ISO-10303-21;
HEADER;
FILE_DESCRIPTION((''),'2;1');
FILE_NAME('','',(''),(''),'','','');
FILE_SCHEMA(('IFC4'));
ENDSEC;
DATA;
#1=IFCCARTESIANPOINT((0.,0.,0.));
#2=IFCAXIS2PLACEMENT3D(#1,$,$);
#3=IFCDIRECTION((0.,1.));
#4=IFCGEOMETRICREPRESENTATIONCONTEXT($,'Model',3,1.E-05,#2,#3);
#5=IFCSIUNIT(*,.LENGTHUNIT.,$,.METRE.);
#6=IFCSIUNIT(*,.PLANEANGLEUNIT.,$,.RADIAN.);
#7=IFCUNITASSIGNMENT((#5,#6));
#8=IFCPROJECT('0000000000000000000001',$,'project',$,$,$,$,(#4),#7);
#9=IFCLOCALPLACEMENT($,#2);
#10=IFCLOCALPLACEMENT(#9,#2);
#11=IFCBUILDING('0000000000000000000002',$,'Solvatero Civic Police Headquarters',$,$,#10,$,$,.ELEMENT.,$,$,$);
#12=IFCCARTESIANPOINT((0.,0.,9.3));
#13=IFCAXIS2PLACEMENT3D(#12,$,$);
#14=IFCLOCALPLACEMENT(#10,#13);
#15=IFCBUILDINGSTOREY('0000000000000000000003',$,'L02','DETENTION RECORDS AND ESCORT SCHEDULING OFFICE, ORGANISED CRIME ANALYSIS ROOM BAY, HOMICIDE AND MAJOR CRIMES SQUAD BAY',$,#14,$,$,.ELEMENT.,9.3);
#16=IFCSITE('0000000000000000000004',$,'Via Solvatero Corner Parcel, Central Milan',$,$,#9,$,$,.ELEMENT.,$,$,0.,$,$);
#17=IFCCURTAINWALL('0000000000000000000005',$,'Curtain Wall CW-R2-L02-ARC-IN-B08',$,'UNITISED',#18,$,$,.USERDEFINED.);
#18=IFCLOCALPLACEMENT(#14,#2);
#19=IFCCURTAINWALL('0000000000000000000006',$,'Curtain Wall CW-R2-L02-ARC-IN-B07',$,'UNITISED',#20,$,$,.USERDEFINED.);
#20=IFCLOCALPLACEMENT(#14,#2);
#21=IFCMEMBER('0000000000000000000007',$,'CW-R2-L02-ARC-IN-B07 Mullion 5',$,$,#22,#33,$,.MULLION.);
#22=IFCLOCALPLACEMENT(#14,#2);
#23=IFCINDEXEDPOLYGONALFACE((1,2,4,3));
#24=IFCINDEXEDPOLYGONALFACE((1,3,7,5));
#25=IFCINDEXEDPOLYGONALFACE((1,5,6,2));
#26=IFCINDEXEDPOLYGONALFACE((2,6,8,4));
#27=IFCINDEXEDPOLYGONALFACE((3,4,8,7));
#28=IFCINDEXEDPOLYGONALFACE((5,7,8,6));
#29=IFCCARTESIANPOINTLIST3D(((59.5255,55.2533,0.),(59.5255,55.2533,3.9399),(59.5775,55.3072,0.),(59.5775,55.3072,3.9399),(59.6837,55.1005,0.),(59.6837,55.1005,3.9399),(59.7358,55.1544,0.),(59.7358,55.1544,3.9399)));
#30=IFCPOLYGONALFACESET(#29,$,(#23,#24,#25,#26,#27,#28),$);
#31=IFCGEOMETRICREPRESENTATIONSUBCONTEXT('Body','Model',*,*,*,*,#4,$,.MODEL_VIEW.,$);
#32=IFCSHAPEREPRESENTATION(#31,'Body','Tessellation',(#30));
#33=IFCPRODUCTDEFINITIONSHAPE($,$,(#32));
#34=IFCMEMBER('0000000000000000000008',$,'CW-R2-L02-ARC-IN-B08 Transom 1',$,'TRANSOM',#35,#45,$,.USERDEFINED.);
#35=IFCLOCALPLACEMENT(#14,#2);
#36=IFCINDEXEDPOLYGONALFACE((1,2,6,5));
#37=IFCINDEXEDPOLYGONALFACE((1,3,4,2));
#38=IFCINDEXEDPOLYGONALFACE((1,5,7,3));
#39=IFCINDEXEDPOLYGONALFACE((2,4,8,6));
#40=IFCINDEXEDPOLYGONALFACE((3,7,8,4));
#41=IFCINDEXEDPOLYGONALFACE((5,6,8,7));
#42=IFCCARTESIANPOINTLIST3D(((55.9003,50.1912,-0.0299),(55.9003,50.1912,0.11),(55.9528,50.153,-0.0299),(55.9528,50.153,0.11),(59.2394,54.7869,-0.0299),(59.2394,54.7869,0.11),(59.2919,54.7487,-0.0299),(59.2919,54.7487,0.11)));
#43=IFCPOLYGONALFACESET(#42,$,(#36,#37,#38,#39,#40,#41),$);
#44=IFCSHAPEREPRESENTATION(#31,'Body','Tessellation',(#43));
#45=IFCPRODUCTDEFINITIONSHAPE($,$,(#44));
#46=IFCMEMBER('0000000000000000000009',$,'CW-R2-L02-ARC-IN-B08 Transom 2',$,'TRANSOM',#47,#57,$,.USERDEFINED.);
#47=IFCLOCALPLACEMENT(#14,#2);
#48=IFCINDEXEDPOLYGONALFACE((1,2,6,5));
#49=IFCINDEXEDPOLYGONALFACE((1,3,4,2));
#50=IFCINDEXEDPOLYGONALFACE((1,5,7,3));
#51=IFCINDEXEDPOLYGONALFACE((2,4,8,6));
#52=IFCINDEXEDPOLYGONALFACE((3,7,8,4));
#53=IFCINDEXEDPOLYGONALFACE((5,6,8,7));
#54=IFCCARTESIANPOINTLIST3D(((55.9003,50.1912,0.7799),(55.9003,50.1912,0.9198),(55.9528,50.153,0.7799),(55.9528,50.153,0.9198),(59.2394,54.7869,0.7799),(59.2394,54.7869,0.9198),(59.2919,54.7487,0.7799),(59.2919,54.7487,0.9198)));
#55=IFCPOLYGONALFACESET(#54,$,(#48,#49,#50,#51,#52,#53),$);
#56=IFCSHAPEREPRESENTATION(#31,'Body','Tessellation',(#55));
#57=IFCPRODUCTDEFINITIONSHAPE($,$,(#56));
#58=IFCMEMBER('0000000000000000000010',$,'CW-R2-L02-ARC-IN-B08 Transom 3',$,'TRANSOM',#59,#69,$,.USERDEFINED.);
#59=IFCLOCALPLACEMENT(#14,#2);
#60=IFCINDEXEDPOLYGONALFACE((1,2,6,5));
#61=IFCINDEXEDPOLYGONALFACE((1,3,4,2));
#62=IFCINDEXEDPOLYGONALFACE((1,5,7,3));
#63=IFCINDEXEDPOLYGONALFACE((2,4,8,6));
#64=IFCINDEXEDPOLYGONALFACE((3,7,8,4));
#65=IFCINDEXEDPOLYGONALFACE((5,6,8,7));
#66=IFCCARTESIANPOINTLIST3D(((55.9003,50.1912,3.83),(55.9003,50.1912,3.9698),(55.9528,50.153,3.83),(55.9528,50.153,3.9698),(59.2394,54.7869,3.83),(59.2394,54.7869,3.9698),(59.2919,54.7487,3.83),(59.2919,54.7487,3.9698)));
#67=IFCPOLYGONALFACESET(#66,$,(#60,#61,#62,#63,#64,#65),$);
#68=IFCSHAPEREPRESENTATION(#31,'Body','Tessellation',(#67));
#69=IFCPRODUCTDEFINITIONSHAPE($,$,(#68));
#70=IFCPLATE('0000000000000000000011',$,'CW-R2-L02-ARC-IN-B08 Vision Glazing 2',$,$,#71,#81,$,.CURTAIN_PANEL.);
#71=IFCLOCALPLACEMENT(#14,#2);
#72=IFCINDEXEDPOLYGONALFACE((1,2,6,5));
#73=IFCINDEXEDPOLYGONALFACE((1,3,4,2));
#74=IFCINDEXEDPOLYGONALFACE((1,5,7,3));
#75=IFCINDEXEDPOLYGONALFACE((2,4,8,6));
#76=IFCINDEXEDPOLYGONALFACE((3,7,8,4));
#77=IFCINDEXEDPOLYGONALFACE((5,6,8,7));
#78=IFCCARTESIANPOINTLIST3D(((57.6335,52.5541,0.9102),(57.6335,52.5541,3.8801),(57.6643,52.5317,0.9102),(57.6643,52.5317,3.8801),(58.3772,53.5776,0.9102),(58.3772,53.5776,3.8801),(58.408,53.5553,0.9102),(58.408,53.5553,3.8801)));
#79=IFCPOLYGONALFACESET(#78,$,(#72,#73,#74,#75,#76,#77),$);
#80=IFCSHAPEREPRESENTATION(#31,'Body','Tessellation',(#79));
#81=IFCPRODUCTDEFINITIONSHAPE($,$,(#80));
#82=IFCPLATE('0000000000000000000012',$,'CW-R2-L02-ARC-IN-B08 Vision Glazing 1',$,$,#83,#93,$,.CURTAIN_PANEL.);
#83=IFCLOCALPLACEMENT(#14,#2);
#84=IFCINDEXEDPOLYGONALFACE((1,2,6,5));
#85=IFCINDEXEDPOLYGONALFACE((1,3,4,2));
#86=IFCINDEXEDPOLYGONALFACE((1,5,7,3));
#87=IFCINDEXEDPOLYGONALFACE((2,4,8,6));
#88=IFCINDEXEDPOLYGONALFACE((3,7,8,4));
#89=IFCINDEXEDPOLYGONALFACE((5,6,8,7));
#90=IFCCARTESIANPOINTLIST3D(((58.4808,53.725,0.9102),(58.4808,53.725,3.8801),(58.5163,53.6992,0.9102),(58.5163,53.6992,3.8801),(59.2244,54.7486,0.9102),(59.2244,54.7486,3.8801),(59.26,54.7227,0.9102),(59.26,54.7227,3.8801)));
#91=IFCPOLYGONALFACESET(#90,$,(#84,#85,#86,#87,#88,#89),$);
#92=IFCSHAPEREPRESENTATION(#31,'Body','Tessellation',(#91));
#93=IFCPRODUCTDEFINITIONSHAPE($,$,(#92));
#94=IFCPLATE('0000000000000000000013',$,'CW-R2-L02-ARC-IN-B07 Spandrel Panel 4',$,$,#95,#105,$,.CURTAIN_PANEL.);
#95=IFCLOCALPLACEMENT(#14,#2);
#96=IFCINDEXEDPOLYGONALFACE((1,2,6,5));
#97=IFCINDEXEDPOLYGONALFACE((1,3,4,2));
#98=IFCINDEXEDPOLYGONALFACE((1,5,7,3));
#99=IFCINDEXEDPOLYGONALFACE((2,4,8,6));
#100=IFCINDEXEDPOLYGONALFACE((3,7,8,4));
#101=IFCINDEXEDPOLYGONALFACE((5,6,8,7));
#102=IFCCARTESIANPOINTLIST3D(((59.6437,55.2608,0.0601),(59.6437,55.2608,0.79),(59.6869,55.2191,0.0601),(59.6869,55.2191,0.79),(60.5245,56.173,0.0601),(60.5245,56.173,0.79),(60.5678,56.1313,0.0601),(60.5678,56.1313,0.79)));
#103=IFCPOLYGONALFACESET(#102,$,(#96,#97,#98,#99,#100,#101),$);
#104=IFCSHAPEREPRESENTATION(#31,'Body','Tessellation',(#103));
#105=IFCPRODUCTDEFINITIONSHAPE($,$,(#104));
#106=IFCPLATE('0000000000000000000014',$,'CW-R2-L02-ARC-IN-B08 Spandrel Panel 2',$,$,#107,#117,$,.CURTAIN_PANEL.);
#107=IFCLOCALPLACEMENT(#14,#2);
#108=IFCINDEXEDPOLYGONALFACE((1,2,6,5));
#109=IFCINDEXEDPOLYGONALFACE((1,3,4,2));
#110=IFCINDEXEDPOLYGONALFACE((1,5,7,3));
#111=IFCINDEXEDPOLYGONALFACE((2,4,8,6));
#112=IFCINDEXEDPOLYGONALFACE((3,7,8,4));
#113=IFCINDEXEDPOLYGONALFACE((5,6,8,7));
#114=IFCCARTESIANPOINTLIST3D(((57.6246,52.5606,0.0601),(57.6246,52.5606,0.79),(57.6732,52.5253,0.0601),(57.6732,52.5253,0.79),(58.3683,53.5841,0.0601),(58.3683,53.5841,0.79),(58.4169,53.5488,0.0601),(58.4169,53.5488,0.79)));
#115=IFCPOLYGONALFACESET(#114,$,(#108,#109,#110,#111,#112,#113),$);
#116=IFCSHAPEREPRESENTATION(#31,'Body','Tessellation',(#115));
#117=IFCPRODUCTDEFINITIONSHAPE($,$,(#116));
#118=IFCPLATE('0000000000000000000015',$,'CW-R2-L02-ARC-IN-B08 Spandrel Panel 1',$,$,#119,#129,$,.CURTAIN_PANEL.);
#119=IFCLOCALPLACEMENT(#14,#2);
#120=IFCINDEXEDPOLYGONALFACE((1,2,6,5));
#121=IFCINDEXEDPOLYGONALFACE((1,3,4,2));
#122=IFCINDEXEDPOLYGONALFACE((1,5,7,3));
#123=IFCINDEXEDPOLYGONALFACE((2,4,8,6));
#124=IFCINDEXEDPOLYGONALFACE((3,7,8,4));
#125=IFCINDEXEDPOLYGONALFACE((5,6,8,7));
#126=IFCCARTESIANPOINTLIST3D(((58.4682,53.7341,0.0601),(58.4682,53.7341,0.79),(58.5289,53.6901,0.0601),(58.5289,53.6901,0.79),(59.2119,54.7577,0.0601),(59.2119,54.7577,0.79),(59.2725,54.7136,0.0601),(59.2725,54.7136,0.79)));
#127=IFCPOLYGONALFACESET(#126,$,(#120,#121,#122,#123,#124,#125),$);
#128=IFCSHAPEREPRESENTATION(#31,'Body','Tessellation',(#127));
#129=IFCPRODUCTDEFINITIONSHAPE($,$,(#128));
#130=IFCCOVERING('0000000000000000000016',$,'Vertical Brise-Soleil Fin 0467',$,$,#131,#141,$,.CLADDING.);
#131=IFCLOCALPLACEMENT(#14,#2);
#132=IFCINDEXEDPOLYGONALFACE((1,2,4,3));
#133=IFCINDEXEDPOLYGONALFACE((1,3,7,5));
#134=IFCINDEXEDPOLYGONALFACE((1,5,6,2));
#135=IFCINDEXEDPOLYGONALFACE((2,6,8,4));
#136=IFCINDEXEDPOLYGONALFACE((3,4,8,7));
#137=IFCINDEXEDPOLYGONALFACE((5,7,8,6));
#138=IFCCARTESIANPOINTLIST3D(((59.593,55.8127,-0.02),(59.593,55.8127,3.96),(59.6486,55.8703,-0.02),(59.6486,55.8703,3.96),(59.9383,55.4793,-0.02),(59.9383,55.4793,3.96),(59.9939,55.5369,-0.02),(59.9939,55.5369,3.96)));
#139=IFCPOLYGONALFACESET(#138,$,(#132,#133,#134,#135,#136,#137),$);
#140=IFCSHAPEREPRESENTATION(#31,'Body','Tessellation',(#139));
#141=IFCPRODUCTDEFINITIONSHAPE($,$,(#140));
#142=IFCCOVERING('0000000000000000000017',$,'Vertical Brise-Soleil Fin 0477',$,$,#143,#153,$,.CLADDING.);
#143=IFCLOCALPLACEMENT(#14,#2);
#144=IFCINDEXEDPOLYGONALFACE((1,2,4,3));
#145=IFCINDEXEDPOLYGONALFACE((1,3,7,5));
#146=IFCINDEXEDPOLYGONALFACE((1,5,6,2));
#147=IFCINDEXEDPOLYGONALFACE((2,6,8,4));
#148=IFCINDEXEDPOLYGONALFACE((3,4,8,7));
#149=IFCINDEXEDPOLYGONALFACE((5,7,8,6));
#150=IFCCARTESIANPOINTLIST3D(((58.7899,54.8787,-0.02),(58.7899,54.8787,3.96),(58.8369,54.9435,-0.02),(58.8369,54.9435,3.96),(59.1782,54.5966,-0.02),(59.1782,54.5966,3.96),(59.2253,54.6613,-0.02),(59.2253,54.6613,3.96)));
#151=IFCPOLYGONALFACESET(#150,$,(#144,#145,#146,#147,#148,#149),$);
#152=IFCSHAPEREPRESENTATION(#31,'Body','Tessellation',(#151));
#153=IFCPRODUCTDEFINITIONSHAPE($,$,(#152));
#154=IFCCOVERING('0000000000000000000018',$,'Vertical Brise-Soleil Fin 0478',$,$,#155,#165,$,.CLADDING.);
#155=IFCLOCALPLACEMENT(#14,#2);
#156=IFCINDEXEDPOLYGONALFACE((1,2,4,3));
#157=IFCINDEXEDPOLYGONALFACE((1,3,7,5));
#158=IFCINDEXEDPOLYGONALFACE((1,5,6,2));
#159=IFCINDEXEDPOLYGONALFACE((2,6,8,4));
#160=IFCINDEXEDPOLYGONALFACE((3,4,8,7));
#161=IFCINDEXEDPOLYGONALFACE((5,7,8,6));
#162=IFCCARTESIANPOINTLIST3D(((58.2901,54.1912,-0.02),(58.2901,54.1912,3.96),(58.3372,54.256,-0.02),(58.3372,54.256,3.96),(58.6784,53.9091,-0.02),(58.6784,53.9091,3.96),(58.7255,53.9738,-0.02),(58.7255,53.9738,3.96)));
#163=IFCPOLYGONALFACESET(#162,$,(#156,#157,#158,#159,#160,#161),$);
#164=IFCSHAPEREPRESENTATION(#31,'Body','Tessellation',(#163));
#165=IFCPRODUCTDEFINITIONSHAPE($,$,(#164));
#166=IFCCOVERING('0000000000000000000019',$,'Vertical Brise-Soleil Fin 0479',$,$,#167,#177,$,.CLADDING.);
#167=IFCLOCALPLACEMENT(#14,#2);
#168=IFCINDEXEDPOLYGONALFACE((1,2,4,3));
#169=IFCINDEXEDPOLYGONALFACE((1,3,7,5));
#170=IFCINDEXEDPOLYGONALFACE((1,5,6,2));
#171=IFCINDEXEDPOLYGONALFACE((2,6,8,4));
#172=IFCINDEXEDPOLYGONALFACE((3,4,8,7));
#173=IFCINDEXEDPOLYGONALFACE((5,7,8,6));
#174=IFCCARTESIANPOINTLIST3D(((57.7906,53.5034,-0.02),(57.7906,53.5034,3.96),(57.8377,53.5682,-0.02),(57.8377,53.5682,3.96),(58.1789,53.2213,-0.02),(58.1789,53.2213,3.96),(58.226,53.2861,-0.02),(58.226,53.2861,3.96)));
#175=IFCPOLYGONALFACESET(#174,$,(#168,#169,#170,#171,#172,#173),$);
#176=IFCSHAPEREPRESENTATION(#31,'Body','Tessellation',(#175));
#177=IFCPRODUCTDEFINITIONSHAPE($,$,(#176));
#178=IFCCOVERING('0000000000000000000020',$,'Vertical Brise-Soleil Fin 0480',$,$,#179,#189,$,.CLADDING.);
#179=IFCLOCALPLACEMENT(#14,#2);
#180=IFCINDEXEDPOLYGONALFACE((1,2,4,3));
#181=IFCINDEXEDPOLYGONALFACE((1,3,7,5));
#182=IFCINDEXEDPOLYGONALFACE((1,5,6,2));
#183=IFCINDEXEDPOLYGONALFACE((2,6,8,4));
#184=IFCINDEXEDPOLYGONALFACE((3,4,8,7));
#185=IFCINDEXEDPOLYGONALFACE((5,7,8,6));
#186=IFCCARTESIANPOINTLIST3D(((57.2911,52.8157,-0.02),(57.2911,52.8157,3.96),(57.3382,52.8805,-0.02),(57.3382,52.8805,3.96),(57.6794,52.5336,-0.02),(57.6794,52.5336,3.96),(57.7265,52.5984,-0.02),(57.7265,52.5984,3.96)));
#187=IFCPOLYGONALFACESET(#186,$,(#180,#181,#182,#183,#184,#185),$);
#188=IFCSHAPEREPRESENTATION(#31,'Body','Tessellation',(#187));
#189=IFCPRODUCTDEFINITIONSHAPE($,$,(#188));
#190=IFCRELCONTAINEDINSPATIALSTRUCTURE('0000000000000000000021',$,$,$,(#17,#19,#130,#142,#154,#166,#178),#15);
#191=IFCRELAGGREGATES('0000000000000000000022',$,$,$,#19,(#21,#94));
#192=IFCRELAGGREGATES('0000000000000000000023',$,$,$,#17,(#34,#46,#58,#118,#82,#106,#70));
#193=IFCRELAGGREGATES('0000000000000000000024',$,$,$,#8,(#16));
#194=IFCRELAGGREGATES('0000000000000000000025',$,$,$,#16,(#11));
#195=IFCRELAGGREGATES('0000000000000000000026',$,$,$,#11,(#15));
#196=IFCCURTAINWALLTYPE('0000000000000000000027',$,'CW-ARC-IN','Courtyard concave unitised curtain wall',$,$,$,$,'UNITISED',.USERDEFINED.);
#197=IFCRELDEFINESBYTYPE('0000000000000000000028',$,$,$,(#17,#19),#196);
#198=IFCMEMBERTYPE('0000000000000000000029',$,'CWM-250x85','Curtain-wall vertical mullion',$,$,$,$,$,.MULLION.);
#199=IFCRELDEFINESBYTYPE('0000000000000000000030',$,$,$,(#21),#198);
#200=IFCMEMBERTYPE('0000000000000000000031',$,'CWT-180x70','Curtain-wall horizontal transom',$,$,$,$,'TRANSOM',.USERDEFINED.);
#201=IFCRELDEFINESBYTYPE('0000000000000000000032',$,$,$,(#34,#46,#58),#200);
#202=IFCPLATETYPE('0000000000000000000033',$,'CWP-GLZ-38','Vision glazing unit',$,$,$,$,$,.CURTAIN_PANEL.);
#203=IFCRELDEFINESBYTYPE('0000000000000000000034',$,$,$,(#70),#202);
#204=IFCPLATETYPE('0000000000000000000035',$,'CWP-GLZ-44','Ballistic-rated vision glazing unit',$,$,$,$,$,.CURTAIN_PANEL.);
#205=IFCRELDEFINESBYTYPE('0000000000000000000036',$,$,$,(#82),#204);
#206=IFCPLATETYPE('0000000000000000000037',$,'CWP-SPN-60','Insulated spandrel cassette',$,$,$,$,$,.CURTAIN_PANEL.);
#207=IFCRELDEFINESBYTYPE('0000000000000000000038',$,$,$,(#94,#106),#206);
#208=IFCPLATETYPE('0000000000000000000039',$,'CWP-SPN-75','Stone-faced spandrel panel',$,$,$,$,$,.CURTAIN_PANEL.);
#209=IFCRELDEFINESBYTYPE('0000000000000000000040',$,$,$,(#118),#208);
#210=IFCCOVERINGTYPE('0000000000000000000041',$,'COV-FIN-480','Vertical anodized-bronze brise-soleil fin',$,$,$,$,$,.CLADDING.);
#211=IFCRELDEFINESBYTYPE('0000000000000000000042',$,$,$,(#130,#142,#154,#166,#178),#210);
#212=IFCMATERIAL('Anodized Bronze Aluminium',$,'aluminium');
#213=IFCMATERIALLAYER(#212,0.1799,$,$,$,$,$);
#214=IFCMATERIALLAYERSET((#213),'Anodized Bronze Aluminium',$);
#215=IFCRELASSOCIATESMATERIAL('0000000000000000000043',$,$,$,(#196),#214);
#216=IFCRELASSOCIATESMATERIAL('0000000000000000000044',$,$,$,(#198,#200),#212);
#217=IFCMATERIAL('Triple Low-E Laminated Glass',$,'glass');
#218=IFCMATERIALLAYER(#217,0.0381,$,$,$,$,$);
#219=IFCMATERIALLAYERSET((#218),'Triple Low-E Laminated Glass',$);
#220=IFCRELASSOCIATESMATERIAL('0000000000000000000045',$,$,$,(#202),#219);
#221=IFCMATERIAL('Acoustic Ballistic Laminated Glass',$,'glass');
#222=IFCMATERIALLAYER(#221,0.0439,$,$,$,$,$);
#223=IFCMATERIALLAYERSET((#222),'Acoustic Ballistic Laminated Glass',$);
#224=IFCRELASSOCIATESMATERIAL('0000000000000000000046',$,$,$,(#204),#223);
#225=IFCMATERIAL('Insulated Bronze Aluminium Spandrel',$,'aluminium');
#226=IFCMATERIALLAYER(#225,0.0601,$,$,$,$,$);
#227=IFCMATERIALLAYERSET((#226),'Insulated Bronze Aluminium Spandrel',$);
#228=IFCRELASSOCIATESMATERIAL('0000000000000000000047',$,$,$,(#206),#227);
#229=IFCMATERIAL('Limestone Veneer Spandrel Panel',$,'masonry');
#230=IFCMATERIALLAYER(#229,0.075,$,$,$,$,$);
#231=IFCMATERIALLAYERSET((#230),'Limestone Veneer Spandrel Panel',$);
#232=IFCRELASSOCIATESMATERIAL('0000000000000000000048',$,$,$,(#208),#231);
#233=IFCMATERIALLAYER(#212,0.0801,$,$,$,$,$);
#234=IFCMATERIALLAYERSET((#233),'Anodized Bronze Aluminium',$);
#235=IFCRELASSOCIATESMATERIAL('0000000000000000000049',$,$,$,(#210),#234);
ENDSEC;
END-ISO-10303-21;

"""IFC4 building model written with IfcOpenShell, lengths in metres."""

from ifc_helpers import new_model, si_unit, direction, frame, origin, origin_2d, place, context, subcontext, project, spatial, rectangle, extrude, material, layer, layer_set, material_profile, profile_set, type_object, element, aggregate, save


model = new_model("IFC4")

# Units and contexts
model_context = context("Model", 3, precision=1e-05, world=origin(), true_north=direction((0.0, 1.0)))
body_context = subcontext(model_context, "Body", "Model", "MODEL_VIEW")
ifc_project = project(units=[si_unit("LENGTHUNIT", "METRE"), si_unit("PLANEANGLEUNIT", "RADIAN")], contexts=[model_context])

# Site, building, storey
site_placement = place(None, origin())
site = spatial("IfcSite", under=ifc_project, at=site_placement, Name="Via Solvatero Corner Parcel, Central Milan", CompositionType="ELEMENT", RefElevation=0.0)
building_placement = place(site_placement, origin())
building = spatial("IfcBuilding", under=site, at=building_placement, Name="Solvatero Civic Police Headquarters", CompositionType="ELEMENT")
storey_placement = place(building_placement, frame((0.0, 0.0, 9.3)))
storey = spatial("IfcBuildingStorey", under=building, at=storey_placement, Name="L02", Description="DETENTION RECORDS AND ESCORT SCHEDULING OFFICE, ORGANISED CRIME ANALYSIS ROOM BAY, HOMICIDE AND MAJOR CRIMES SQUAD BAY", CompositionType="ELEMENT", Elevation=9.3)

# Curtain wall
ifc_material_1 = material(Name="Anodized Bronze Aluminium", Category="aluminium")
ifc_layer_1 = layer(ifc_material_1, 0.1799)
ifc_layer_set_1 = layer_set([ifc_layer_1], Name="Anodized Bronze Aluminium")
curtain_wall_type = type_object("IfcCurtainWallType", Name="CW-ARC-IN", Description="Courtyard concave unitised curtain wall", ElementType="UNITISED", PredefinedType="USERDEFINED", material=ifc_layer_set_1)
curtain_wall_1_placement = place(storey_placement, origin())
curtain_wall_1 = element("IfcCurtainWall", 1, at=curtain_wall_1_placement, inside=storey, type_object=curtain_wall_type, Name="Curtain Wall CW-R2-L02-ARC-IN-B08", ObjectType="UNITISED", PredefinedType="USERDEFINED")

# Curtain wall, member
curtain_wall_2_placement = place(storey_placement, origin())
curtain_wall_2 = element("IfcCurtainWall", 2, at=curtain_wall_2_placement, inside=storey, type_object=curtain_wall_type, Name="Curtain Wall CW-R2-L02-ARC-IN-B07", ObjectType="UNITISED", PredefinedType="USERDEFINED")
ifc_material_profile_1 = material_profile(ifc_material_1, rectangle(XDim=0.075, YDim=0.22, at=origin_2d()), Name="ALU MULLION 75x220")
ifc_profile_set_1 = profile_set([ifc_material_profile_1], Name="Anodized Bronze Aluminium")
member_type_1 = type_object("IfcMemberType", Name="CWM-250x85", Description="Curtain-wall vertical mullion", PredefinedType="MULLION", material=ifc_profile_set_1)
member_1_placement = place(storey_placement, frame((59.6306, 55.2039, 0.0), z_axis=(0.0, 0.0, 1.0), x_axis=(-0.694658, -0.71934, 0.0)))
member_1 = element("IfcMember", 3, at=member_1_placement, type_object=member_type_1, Name="CW-R2-L02-ARC-IN-B07 Mullion 5", PredefinedType="MULLION", context=body_context, shape_type="SweptSolid", body=[
    extrude(rectangle(XDim=0.075, YDim=0.22, at=origin_2d()), origin(), (0.0, 0.0, 1.0), 3.9399),
])

# Members
ifc_material_profile_2 = material_profile(ifc_material_1, rectangle(XDim=0.0649, YDim=0.1399, at=origin_2d()), Name="ALU TRANSOM 65x140")
ifc_profile_set_2 = profile_set([ifc_material_profile_2], Name="Anodized Bronze Aluminium")
member_type_2 = type_object("IfcMemberType", Name="CWT-180x70", Description="Curtain-wall horizontal transom", ElementType="TRANSOM", PredefinedType="USERDEFINED", material=ifc_profile_set_2)
member_2_placement = place(storey_placement, frame((59.2656, 54.7678, 0.04), z_axis=(-0.587801, -0.809005, 0.0), x_axis=(0.809005, -0.587801, 0.0)))
member_2 = element("IfcMember", 4, at=member_2_placement, type_object=member_type_2, Name="CW-R2-L02-ARC-IN-B08 Transom 1", ObjectType="TRANSOM", PredefinedType="USERDEFINED", context=body_context, shape_type="SweptSolid", body=[
    extrude(rectangle(XDim=0.0649, YDim=0.1399, at=origin_2d()), origin(), (0.0, 0.0, 1.0), 5.6807),
])
member_3_placement = place(storey_placement, frame((59.2656, 54.7678, 0.8499), z_axis=(-0.587801, -0.809005, 0.0), x_axis=(0.809005, -0.587801, 0.0)))
member_3 = element("IfcMember", 5, at=member_3_placement, type_object=member_type_2, Name="CW-R2-L02-ARC-IN-B08 Transom 2", ObjectType="TRANSOM", PredefinedType="USERDEFINED", context=body_context, shape_type="SweptSolid", body=[
    extrude(rectangle(XDim=0.0649, YDim=0.1399, at=origin_2d()), origin(), (0.0, 0.0, 1.0), 5.6807),
])
member_4_placement = place(storey_placement, frame((59.2656, 54.7678, 3.8999), z_axis=(-0.587801, -0.809005, 0.0), x_axis=(0.809005, -0.587801, 0.0)))
member_4 = element("IfcMember", 6, at=member_4_placement, type_object=member_type_2, Name="CW-R2-L02-ARC-IN-B08 Transom 3", ObjectType="TRANSOM", PredefinedType="USERDEFINED", context=body_context, shape_type="SweptSolid", body=[
    extrude(rectangle(XDim=0.0649, YDim=0.1399, at=origin_2d()), origin(), (0.0, 0.0, 1.0), 5.6807),
])

# Plates
ifc_material_2 = material(Name="Triple Low-E Laminated Glass", Category="glass")
ifc_layer_2 = layer(ifc_material_2, 0.0381)
ifc_layer_set_2 = layer_set([ifc_layer_2], Name="Triple Low-E Laminated Glass")
plate_type_1 = type_object("IfcPlateType", Name="CWP-GLZ-38", Description="Vision glazing unit", PredefinedType="CURTAIN_PANEL", material=ifc_layer_set_2)
plate_1_placement = place(storey_placement, frame((58.0208, 53.0547, 0.9102), z_axis=(0.0, 0.0, 1.0), x_axis=(-0.587785, -0.809017, 0.0)))
plate_1 = element("IfcPlate", 7, at=plate_1_placement, type_object=plate_type_1, Name="CW-R2-L02-ARC-IN-B08 Vision Glazing 2", PredefinedType="CURTAIN_PANEL", context=body_context, shape_type="SweptSolid", body=[
    extrude(rectangle(XDim=1.2651, YDim=0.0381, at=origin_2d()), origin(), (0.0, 0.0, 1.0), 2.97),
])
ifc_material_3 = material(Name="Acoustic Ballistic Laminated Glass", Category="glass")
ifc_layer_3 = layer(ifc_material_3, 0.0439)
ifc_layer_set_3 = layer_set([ifc_layer_3], Name="Acoustic Ballistic Laminated Glass")
plate_type_2 = type_object("IfcPlateType", Name="CWP-GLZ-44", Description="Ballistic-rated vision glazing unit", PredefinedType="CURTAIN_PANEL", material=ifc_layer_set_3)
plate_2_placement = place(storey_placement, frame((58.8704, 54.2239, 0.9102), z_axis=(0.0, 0.0, 1.0), x_axis=(-0.587785, -0.809017, 0.0)))
plate_2 = element("IfcPlate", 8, at=plate_2_placement, type_object=plate_type_2, Name="CW-R2-L02-ARC-IN-B08 Vision Glazing 1", PredefinedType="CURTAIN_PANEL", context=body_context, shape_type="SweptSolid", body=[
    extrude(rectangle(XDim=1.2651, YDim=0.0439, at=origin_2d()), origin(), (0.0, 0.0, 1.0), 2.97),
])
ifc_material_4 = material(Name="Insulated Bronze Aluminium Spandrel", Category="aluminium")
ifc_layer_4 = layer(ifc_material_4, 0.0601)
ifc_layer_set_4 = layer_set([ifc_layer_4], Name="Insulated Bronze Aluminium Spandrel")
plate_type_3 = type_object("IfcPlateType", Name="CWP-SPN-60", Description="Insulated spandrel cassette", PredefinedType="CURTAIN_PANEL", material=ifc_layer_set_4)
plate_3_placement = place(storey_placement, frame((60.1057, 55.696, 0.0601), z_axis=(0.0, 0.0, 1.0), x_axis=(-0.694658, -0.71934, 0.0)))
plate_3 = element("IfcPlate", 9, at=plate_3_placement, type_object=plate_type_3, Name="CW-R2-L02-ARC-IN-B07 Spandrel Panel 4", PredefinedType="CURTAIN_PANEL", context=body_context, shape_type="SweptSolid", body=[
    extrude(rectangle(XDim=1.2681, YDim=0.0601, at=origin_2d()), origin(), (0.0, 0.0, 1.0), 0.73),
])
aggregate(curtain_wall_2, [member_1, plate_3])
plate_4_placement = place(storey_placement, frame((58.0208, 53.0547, 0.0601), z_axis=(0.0, 0.0, 1.0), x_axis=(-0.587785, -0.809017, 0.0)))
plate_4 = element("IfcPlate", 10, at=plate_4_placement, type_object=plate_type_3, Name="CW-R2-L02-ARC-IN-B08 Spandrel Panel 2", PredefinedType="CURTAIN_PANEL", context=body_context, shape_type="SweptSolid", body=[
    extrude(rectangle(XDim=1.2651, YDim=0.0601, at=origin_2d()), origin(), (0.0, 0.0, 1.0), 0.73),
])
ifc_material_5 = material(Name="Limestone Veneer Spandrel Panel", Category="masonry")
ifc_layer_5 = layer(ifc_material_5, 0.075)
ifc_layer_set_5 = layer_set([ifc_layer_5], Name="Limestone Veneer Spandrel Panel")
plate_type_4 = type_object("IfcPlateType", Name="CWP-SPN-75", Description="Stone-faced spandrel panel", PredefinedType="CURTAIN_PANEL", material=ifc_layer_set_5)
plate_5_placement = place(storey_placement, frame((58.8704, 54.2239, 0.0601), z_axis=(0.0, 0.0, 1.0), x_axis=(-0.587785, -0.809017, 0.0)))
plate_5 = element("IfcPlate", 11, at=plate_5_placement, type_object=plate_type_4, Name="CW-R2-L02-ARC-IN-B08 Spandrel Panel 1", PredefinedType="CURTAIN_PANEL", context=body_context, shape_type="SweptSolid", body=[
    extrude(rectangle(XDim=1.2651, YDim=0.075, at=origin_2d()), origin(), (0.0, 0.0, 1.0), 0.73),
])
aggregate(curtain_wall_1, [member_2, member_3, member_4, plate_5, plate_2, plate_4, plate_1])

# Coverings
ifc_layer_6 = layer(ifc_material_1, 0.0801)
ifc_layer_set_6 = layer_set([ifc_layer_6], Name="Anodized Bronze Aluminium")
covering_type = type_object("IfcCoveringType", Name="COV-FIN-480", Description="Vertical anodized-bronze brise-soleil fin", PredefinedType="CLADDING", material=ifc_layer_set_6)
for number, where, z_axis, x_axis, name in (
    (12, (59.7935, 55.6748, -0.02), (0.0, 0.0, 1.0), (-0.694658, -0.71934, 0.0), "Vertical Brise-Soleil Fin 0467"),
    (13, (59.0076, 54.77, -0.02), (0.0, 0.0, 1.0), (-0.587785, -0.809017, 0.0), "Vertical Brise-Soleil Fin 0477"),
    (14, (58.5078, 54.0825, -0.02), (0.0, 0.0, 1.0), (-0.587785, -0.809017, 0.0), "Vertical Brise-Soleil Fin 0478"),
    (15, (58.0083, 53.3948, -0.02), (0.0, 0.0, 1.0), (-0.587785, -0.809017, 0.0), "Vertical Brise-Soleil Fin 0479"),
    (16, (57.5088, 52.707, -0.02), (0.0, 0.0, 1.0), (-0.587785, -0.809017, 0.0), "Vertical Brise-Soleil Fin 0480"),
):
    element("IfcCovering", number, at=place(storey_placement, frame(where, z_axis=z_axis, x_axis=x_axis)), inside=storey, type_object=covering_type, Name=name, PredefinedType="CLADDING", context=body_context, shape_type="SweptSolid", body=[
        extrude(rectangle(XDim=0.0801, YDim=0.48, at=origin_2d()), origin(), (0.0, 0.0, 1.0), 3.98),
    ])

save(model, "model.ifc")
